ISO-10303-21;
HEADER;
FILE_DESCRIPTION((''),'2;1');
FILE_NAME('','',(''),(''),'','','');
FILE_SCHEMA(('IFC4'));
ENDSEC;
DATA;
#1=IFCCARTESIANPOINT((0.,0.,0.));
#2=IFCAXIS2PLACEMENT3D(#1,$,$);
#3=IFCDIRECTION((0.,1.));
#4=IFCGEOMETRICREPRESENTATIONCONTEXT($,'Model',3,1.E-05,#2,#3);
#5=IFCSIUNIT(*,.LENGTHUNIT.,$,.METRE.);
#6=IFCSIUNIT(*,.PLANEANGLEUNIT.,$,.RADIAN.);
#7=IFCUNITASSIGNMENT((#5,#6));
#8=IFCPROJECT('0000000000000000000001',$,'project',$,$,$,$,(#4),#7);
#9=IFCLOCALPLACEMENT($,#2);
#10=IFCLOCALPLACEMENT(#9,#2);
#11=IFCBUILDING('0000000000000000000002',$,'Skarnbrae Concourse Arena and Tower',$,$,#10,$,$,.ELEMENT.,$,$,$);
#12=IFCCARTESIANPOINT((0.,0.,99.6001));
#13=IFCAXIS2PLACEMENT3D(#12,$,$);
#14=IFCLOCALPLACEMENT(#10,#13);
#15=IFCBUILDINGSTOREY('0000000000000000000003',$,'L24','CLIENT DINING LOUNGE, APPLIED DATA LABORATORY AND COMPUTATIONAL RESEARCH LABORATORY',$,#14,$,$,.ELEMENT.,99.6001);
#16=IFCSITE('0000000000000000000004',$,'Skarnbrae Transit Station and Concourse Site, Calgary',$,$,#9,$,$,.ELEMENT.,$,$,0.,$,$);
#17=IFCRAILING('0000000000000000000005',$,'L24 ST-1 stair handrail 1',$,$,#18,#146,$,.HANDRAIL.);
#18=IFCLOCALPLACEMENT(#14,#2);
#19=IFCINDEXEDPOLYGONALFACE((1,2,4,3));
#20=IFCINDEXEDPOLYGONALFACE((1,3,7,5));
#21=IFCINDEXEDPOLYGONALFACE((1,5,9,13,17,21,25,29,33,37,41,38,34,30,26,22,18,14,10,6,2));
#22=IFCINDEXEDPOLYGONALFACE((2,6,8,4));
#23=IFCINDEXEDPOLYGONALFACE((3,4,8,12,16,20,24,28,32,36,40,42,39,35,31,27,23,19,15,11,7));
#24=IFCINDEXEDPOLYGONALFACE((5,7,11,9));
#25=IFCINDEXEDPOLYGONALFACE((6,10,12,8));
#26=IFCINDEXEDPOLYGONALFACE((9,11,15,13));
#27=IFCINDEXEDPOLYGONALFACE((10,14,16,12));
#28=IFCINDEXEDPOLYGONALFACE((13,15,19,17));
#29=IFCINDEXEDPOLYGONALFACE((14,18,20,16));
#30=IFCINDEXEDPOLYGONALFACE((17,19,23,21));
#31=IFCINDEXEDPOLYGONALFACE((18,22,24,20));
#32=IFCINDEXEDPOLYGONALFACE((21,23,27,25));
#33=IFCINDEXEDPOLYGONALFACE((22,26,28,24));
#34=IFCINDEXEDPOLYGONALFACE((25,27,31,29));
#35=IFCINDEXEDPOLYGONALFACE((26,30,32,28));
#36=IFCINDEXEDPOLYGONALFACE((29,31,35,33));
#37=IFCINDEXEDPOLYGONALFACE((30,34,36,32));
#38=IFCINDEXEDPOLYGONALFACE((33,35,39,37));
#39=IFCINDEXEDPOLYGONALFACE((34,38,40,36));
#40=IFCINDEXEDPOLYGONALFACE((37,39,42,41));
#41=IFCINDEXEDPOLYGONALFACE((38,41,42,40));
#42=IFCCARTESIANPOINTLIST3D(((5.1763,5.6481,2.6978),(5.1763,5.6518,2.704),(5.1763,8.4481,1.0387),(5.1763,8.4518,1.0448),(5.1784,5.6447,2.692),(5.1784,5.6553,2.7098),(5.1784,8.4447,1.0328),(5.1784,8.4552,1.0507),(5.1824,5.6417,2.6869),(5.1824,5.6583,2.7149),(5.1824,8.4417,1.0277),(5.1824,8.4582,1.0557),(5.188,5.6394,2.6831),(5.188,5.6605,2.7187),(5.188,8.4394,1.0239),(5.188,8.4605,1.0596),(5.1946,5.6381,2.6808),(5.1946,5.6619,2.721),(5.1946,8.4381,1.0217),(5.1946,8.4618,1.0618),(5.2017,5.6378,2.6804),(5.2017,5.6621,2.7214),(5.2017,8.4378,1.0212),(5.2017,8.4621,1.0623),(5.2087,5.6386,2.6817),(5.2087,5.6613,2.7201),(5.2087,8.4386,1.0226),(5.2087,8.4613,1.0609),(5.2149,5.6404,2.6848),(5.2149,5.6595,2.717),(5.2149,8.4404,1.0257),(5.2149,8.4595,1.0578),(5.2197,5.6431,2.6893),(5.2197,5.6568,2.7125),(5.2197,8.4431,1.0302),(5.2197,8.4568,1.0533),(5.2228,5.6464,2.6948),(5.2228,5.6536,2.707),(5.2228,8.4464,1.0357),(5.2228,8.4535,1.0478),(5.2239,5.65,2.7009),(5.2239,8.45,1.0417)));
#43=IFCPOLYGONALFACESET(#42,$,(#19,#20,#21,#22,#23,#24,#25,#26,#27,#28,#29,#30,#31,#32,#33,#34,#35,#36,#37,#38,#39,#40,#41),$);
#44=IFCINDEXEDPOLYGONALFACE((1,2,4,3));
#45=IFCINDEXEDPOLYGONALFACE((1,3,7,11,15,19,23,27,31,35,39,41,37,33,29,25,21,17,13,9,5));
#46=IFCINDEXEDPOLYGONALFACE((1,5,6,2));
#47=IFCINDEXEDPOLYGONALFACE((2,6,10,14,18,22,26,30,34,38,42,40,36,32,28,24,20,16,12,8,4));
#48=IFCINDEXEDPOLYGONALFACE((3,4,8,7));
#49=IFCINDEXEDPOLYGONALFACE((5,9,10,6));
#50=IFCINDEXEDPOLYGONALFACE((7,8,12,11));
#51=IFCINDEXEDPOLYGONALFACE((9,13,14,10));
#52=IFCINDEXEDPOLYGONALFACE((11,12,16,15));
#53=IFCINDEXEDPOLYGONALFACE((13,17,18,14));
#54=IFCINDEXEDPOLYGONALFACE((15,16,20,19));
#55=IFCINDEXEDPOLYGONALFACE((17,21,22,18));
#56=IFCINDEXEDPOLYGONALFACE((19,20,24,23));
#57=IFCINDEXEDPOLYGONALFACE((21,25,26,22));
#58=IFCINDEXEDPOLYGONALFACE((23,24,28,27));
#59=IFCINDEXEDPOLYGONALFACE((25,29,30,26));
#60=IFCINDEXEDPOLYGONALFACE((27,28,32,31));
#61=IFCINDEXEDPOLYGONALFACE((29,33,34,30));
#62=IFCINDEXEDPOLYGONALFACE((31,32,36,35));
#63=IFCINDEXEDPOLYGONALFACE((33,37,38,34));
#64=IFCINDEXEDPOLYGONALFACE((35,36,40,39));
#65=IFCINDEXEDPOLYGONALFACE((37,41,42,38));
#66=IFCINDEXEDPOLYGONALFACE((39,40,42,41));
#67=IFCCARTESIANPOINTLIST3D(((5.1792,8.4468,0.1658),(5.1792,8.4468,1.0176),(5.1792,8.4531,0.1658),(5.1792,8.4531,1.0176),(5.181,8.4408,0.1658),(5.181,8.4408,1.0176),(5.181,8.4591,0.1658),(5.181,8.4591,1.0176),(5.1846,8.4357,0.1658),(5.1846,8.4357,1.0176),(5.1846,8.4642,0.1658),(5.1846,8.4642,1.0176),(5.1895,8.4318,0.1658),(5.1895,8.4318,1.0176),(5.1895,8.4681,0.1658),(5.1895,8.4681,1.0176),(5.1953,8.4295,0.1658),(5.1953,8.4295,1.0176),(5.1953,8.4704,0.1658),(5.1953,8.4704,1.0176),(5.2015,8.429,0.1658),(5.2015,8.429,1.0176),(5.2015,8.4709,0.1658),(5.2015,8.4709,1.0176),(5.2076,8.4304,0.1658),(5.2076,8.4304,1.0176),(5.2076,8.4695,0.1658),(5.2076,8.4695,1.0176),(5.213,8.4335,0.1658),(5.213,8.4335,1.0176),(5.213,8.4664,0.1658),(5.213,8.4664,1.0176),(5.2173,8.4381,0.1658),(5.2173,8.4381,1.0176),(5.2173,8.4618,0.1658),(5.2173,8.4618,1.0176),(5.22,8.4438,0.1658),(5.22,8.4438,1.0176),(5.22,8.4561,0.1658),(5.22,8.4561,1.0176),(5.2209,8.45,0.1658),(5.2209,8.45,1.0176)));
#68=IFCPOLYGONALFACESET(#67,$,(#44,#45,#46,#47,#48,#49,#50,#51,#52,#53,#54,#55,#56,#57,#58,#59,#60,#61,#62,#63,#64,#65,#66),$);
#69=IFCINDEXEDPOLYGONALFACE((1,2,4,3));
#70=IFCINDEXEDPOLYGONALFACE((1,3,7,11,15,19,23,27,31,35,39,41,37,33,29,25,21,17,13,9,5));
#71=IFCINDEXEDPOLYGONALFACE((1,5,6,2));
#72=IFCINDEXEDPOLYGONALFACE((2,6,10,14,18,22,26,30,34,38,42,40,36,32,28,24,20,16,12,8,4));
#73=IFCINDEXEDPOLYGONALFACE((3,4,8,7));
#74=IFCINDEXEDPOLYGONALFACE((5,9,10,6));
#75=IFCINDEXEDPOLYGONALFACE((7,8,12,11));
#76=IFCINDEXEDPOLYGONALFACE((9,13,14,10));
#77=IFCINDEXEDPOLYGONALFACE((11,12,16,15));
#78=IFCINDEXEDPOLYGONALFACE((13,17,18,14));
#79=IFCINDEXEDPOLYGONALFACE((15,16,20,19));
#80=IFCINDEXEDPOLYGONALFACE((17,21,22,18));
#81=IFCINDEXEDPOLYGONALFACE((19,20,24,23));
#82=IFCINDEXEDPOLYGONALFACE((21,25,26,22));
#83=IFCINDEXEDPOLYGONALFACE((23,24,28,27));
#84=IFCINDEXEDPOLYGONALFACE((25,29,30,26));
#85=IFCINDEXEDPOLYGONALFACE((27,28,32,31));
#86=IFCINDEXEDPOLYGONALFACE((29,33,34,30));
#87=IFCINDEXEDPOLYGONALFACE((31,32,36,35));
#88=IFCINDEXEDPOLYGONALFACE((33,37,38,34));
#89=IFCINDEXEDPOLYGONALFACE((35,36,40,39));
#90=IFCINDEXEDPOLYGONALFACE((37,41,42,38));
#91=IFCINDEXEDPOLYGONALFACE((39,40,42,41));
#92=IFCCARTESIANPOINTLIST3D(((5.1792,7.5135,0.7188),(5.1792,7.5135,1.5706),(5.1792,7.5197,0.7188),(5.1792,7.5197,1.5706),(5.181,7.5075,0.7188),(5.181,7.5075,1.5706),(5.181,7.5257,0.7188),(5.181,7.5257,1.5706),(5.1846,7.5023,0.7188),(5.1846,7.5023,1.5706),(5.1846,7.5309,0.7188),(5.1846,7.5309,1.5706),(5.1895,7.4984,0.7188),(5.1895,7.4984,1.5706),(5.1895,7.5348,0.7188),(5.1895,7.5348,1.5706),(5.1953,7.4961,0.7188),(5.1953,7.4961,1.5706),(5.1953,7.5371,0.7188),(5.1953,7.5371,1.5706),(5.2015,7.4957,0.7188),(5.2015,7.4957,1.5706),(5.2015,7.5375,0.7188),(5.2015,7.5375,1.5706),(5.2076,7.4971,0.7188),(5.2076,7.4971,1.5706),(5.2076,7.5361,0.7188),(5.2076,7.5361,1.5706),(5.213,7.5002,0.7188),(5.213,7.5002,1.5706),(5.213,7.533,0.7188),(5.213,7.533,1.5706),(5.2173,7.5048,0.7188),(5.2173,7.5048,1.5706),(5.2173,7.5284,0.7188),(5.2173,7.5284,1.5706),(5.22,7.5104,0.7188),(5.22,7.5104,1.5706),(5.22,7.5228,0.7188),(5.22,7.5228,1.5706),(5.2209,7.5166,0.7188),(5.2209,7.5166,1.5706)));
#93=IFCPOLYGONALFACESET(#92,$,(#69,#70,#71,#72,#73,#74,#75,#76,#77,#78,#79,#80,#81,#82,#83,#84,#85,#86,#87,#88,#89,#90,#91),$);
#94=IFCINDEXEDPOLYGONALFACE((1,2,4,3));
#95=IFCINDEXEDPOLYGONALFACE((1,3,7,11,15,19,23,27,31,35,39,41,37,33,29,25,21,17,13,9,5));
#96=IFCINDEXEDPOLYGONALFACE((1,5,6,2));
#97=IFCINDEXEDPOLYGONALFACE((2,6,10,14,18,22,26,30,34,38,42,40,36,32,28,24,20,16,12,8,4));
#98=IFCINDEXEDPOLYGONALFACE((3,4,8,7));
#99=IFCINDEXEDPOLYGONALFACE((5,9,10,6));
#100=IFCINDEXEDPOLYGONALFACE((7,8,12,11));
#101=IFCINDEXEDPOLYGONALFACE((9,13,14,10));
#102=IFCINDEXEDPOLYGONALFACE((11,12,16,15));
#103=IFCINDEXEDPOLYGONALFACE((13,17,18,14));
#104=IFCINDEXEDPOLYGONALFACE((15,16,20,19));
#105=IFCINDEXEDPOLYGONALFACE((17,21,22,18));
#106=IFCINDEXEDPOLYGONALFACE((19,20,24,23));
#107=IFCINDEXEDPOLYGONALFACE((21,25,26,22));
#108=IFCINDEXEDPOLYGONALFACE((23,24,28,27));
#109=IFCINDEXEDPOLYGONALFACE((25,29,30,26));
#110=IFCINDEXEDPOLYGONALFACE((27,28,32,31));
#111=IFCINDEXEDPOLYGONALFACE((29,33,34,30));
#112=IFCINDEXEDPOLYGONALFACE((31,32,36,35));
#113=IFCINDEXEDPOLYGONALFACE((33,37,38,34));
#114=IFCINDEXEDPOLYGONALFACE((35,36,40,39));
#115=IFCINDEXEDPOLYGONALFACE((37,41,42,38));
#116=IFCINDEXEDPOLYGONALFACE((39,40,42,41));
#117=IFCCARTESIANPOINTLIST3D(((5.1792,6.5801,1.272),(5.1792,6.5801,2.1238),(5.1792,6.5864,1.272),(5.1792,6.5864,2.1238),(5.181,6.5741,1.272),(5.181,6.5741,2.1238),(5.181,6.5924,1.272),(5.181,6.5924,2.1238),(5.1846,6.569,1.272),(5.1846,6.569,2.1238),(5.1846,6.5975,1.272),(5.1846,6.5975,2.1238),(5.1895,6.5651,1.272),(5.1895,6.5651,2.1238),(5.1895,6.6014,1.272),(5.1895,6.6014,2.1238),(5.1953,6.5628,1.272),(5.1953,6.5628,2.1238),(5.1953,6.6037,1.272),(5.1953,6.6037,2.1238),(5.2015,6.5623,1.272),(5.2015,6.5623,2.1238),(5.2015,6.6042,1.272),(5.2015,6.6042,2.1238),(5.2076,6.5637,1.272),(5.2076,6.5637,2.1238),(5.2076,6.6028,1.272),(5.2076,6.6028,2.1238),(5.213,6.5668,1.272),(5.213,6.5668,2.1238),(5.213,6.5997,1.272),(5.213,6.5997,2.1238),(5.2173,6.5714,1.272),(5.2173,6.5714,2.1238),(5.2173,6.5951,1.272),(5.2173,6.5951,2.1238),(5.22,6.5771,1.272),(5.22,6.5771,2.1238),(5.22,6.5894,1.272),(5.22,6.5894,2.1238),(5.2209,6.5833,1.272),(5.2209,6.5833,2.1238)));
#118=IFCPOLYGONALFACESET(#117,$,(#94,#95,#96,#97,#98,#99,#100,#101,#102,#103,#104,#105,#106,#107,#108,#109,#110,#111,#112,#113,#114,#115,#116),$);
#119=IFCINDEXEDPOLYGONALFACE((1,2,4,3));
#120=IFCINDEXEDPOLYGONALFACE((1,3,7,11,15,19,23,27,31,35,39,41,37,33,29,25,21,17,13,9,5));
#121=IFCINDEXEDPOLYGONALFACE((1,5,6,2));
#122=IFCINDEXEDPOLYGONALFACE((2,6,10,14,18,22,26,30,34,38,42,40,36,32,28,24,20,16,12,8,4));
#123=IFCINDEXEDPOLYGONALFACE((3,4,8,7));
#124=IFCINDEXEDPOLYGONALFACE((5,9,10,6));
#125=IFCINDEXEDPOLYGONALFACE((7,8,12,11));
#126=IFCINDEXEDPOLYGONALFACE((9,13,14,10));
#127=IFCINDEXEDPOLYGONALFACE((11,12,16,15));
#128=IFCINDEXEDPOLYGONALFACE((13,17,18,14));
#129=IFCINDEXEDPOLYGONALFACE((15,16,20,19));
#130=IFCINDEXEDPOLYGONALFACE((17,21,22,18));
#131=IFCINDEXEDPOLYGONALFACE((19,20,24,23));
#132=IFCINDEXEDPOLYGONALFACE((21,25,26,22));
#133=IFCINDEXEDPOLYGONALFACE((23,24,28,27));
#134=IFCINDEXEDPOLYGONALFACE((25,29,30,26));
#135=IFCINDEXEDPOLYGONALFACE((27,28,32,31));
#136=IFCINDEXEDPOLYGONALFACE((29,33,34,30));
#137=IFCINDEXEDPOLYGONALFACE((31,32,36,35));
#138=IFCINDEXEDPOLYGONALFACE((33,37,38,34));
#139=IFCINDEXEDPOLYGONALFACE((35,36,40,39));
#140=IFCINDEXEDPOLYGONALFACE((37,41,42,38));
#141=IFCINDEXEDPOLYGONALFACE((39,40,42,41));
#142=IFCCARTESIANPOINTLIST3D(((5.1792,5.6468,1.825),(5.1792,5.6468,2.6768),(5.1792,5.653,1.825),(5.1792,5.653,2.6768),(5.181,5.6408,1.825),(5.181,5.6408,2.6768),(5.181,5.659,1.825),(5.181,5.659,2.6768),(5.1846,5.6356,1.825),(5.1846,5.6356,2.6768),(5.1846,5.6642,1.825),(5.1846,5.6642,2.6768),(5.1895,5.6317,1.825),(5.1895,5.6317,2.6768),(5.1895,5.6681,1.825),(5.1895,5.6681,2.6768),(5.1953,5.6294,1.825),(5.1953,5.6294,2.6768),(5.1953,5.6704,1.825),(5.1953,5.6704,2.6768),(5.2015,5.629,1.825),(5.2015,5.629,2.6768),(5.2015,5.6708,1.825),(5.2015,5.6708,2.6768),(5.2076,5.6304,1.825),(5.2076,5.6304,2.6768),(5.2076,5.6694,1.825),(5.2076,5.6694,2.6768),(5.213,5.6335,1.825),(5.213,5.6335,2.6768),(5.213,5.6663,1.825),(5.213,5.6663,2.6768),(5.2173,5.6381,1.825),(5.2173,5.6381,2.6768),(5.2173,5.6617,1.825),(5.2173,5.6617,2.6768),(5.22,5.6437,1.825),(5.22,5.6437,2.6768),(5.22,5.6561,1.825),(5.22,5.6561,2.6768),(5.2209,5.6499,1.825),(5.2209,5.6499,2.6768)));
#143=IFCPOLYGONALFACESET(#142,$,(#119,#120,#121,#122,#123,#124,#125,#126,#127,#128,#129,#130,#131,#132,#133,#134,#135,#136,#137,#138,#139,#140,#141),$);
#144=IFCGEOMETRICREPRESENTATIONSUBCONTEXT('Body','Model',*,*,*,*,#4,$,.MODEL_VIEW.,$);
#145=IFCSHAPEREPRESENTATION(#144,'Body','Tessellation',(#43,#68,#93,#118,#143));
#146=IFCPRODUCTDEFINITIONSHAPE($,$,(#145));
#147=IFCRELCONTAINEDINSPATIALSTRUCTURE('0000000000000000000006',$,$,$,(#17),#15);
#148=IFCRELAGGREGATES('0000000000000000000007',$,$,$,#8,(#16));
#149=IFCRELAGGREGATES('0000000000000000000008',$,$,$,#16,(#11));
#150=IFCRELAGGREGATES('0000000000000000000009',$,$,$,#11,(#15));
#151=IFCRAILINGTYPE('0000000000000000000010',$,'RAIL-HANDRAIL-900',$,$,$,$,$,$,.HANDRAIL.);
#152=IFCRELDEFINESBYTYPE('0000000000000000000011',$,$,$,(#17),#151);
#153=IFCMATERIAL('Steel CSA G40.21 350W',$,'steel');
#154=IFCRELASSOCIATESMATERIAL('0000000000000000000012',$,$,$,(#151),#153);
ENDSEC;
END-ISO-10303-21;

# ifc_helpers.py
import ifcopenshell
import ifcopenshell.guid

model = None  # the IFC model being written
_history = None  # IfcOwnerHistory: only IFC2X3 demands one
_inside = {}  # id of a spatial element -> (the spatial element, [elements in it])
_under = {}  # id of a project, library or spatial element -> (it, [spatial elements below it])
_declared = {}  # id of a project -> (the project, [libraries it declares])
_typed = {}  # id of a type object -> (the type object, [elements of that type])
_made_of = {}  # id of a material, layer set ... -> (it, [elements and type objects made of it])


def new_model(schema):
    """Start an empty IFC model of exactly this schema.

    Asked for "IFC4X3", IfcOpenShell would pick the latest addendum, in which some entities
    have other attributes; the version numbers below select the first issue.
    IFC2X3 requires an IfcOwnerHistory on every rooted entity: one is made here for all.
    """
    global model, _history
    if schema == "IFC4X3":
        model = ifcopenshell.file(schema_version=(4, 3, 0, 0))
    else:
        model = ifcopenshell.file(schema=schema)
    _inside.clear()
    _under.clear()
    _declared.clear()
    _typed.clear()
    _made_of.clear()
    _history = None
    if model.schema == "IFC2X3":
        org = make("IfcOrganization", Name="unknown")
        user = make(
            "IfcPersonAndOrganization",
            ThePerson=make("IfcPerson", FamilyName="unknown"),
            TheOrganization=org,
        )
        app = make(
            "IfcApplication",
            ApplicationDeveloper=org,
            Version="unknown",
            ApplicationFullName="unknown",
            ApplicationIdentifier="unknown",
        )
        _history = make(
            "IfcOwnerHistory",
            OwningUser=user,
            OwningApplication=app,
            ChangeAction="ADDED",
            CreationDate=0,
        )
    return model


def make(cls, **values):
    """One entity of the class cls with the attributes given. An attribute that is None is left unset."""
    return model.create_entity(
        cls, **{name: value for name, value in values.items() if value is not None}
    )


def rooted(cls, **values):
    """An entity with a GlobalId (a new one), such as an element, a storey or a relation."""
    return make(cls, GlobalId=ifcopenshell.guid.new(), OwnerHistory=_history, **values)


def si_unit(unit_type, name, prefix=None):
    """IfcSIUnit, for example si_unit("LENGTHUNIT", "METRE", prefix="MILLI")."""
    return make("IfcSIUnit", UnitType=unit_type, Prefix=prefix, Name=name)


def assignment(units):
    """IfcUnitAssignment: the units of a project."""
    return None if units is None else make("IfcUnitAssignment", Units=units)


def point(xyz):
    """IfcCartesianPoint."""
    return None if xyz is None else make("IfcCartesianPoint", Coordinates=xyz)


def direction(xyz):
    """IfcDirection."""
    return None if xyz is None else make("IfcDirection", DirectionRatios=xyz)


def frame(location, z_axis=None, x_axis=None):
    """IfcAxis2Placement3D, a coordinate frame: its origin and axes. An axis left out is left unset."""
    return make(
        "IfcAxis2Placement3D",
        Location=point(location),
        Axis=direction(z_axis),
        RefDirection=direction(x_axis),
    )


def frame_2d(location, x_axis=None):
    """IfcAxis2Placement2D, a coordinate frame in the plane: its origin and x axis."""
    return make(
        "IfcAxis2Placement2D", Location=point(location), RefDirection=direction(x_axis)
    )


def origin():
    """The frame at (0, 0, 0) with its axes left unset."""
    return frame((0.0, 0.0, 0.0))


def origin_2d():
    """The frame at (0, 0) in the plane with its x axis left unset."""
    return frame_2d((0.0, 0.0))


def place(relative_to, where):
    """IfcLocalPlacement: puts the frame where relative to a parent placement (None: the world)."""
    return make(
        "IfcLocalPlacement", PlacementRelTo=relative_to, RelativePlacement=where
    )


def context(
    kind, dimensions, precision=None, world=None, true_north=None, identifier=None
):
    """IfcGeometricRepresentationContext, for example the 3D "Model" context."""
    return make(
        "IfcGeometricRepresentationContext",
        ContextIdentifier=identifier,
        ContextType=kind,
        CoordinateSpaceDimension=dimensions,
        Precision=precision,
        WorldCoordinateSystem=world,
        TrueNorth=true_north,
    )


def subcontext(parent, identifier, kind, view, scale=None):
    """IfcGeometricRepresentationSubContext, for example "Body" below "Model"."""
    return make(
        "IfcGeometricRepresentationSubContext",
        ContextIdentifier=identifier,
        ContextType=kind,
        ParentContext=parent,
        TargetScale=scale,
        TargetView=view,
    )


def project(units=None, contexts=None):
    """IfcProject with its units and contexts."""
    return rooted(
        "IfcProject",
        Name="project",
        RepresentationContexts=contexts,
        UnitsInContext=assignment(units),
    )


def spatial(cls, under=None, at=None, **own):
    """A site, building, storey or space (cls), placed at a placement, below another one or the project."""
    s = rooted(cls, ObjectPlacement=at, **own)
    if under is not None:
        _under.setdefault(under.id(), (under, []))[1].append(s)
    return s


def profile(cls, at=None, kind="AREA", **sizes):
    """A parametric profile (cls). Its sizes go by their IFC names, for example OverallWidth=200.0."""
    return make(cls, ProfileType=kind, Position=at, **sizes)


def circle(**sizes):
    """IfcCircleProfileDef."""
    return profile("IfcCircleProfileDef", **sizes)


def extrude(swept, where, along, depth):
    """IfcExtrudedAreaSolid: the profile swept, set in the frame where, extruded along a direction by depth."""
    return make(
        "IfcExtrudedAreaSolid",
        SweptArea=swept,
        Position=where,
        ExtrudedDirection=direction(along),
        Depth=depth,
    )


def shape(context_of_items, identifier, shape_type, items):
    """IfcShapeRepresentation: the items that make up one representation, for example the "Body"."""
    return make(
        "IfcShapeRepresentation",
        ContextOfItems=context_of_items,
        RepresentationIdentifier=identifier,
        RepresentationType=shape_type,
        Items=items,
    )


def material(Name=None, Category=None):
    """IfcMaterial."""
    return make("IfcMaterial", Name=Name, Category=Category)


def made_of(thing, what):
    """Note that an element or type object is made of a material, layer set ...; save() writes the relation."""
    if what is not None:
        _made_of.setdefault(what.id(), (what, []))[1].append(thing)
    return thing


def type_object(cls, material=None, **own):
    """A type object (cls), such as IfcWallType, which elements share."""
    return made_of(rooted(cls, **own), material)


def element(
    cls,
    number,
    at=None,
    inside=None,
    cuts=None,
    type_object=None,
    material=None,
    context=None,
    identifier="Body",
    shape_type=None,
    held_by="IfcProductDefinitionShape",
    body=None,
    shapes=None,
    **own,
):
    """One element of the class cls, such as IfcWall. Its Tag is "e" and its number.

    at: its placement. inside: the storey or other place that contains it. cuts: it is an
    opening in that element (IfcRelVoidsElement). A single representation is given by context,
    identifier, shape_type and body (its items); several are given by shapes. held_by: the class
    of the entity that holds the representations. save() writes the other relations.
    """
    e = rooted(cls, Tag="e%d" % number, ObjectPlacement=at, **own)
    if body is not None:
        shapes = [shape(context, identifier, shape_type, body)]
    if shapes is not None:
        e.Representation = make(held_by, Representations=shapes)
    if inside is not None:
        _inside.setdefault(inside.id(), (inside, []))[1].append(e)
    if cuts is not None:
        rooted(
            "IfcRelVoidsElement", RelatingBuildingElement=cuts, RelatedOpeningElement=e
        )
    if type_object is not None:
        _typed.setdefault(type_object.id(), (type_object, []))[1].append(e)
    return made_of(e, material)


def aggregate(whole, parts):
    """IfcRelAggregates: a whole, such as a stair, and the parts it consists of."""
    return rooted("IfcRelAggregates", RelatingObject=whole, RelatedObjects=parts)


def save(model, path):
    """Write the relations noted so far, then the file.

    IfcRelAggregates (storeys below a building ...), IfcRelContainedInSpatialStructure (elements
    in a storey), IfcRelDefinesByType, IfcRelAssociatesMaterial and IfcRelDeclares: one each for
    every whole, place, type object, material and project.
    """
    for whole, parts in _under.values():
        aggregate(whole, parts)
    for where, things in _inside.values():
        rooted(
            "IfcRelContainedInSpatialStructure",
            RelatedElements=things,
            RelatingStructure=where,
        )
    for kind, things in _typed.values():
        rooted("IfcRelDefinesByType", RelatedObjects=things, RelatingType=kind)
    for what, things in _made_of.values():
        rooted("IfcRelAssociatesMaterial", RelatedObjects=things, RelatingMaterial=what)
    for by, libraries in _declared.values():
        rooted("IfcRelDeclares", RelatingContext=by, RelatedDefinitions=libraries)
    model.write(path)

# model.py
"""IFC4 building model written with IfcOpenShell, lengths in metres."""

from ifc_helpers import new_model, si_unit, direction, frame, origin, origin_2d, place, context, subcontext, project, spatial, circle, extrude, material, type_object, element, save


model = new_model("IFC4")

# Units and contexts
model_context = context("Model", 3, precision=1e-05, world=origin(), true_north=direction((0.0, 1.0)))
body_context = subcontext(model_context, "Body", "Model", "MODEL_VIEW")
ifc_project = project(units=[si_unit("LENGTHUNIT", "METRE"), si_unit("PLANEANGLEUNIT", "RADIAN")], contexts=[model_context])

# Site, building, storey
site_placement = place(None, origin())
site = spatial("IfcSite", under=ifc_project, at=site_placement, Name="Skarnbrae Transit Station and Concourse Site, Calgary", CompositionType="ELEMENT", RefElevation=0.0)
building_placement = place(site_placement, origin())
building = spatial("IfcBuilding", under=site, at=building_placement, Name="Skarnbrae Concourse Arena and Tower", CompositionType="ELEMENT")
storey_placement = place(building_placement, frame((0.0, 0.0, 99.6001)))
storey = spatial("IfcBuildingStorey", under=building, at=storey_placement, Name="L24", Description="CLIENT DINING LOUNGE, APPLIED DATA LABORATORY AND COMPUTATIONAL RESEARCH LABORATORY", CompositionType="ELEMENT", Elevation=99.6001)

# Shared definitions
ifc_material_1 = material(Name="Steel CSA G40.21 350W", Category="steel")

# Railing
railing_type_1 = type_object("IfcRailingType", Name="RAIL-HANDRAIL-900", PredefinedType="HANDRAIL", material=ifc_material_1)
railing_1_placement = place(storey_placement, frame((5.2, 8.45, 0.1658)))
element("IfcRailing", 1, at=railing_1_placement, inside=storey, type_object=railing_type_1, Name="L24 ST-1 stair handrail 1", PredefinedType="HANDRAIL", context=body_context, shape_type="SweptSolid", body=[
    extrude(circle(Radius=0.0239, at=origin_2d()), frame((0.0, 0.0, 0.876), z_axis=(0.0, -0.860306, 0.509778), x_axis=(1.0, 0.0, 0.0)), (0.0, 0.0, 1.0), 3.2546),
    extrude(circle(Radius=0.021, at=origin_2d()), origin(), (0.0, 0.0, 1.0), 0.8518),
    extrude(circle(Radius=0.021, at=origin_2d()), frame((0.0, -0.9333, 0.553)), (0.0, 0.0, 1.0), 0.8518),
    extrude(circle(Radius=0.021, at=origin_2d()), frame((0.0, -1.8667, 1.1062)), (0.0, 0.0, 1.0), 0.8518),
    extrude(circle(Radius=0.021, at=origin_2d()), frame((0.0, -2.8, 1.6592)), (0.0, 0.0, 1.0), 0.8518),
])

save(model, "model.ifc")
